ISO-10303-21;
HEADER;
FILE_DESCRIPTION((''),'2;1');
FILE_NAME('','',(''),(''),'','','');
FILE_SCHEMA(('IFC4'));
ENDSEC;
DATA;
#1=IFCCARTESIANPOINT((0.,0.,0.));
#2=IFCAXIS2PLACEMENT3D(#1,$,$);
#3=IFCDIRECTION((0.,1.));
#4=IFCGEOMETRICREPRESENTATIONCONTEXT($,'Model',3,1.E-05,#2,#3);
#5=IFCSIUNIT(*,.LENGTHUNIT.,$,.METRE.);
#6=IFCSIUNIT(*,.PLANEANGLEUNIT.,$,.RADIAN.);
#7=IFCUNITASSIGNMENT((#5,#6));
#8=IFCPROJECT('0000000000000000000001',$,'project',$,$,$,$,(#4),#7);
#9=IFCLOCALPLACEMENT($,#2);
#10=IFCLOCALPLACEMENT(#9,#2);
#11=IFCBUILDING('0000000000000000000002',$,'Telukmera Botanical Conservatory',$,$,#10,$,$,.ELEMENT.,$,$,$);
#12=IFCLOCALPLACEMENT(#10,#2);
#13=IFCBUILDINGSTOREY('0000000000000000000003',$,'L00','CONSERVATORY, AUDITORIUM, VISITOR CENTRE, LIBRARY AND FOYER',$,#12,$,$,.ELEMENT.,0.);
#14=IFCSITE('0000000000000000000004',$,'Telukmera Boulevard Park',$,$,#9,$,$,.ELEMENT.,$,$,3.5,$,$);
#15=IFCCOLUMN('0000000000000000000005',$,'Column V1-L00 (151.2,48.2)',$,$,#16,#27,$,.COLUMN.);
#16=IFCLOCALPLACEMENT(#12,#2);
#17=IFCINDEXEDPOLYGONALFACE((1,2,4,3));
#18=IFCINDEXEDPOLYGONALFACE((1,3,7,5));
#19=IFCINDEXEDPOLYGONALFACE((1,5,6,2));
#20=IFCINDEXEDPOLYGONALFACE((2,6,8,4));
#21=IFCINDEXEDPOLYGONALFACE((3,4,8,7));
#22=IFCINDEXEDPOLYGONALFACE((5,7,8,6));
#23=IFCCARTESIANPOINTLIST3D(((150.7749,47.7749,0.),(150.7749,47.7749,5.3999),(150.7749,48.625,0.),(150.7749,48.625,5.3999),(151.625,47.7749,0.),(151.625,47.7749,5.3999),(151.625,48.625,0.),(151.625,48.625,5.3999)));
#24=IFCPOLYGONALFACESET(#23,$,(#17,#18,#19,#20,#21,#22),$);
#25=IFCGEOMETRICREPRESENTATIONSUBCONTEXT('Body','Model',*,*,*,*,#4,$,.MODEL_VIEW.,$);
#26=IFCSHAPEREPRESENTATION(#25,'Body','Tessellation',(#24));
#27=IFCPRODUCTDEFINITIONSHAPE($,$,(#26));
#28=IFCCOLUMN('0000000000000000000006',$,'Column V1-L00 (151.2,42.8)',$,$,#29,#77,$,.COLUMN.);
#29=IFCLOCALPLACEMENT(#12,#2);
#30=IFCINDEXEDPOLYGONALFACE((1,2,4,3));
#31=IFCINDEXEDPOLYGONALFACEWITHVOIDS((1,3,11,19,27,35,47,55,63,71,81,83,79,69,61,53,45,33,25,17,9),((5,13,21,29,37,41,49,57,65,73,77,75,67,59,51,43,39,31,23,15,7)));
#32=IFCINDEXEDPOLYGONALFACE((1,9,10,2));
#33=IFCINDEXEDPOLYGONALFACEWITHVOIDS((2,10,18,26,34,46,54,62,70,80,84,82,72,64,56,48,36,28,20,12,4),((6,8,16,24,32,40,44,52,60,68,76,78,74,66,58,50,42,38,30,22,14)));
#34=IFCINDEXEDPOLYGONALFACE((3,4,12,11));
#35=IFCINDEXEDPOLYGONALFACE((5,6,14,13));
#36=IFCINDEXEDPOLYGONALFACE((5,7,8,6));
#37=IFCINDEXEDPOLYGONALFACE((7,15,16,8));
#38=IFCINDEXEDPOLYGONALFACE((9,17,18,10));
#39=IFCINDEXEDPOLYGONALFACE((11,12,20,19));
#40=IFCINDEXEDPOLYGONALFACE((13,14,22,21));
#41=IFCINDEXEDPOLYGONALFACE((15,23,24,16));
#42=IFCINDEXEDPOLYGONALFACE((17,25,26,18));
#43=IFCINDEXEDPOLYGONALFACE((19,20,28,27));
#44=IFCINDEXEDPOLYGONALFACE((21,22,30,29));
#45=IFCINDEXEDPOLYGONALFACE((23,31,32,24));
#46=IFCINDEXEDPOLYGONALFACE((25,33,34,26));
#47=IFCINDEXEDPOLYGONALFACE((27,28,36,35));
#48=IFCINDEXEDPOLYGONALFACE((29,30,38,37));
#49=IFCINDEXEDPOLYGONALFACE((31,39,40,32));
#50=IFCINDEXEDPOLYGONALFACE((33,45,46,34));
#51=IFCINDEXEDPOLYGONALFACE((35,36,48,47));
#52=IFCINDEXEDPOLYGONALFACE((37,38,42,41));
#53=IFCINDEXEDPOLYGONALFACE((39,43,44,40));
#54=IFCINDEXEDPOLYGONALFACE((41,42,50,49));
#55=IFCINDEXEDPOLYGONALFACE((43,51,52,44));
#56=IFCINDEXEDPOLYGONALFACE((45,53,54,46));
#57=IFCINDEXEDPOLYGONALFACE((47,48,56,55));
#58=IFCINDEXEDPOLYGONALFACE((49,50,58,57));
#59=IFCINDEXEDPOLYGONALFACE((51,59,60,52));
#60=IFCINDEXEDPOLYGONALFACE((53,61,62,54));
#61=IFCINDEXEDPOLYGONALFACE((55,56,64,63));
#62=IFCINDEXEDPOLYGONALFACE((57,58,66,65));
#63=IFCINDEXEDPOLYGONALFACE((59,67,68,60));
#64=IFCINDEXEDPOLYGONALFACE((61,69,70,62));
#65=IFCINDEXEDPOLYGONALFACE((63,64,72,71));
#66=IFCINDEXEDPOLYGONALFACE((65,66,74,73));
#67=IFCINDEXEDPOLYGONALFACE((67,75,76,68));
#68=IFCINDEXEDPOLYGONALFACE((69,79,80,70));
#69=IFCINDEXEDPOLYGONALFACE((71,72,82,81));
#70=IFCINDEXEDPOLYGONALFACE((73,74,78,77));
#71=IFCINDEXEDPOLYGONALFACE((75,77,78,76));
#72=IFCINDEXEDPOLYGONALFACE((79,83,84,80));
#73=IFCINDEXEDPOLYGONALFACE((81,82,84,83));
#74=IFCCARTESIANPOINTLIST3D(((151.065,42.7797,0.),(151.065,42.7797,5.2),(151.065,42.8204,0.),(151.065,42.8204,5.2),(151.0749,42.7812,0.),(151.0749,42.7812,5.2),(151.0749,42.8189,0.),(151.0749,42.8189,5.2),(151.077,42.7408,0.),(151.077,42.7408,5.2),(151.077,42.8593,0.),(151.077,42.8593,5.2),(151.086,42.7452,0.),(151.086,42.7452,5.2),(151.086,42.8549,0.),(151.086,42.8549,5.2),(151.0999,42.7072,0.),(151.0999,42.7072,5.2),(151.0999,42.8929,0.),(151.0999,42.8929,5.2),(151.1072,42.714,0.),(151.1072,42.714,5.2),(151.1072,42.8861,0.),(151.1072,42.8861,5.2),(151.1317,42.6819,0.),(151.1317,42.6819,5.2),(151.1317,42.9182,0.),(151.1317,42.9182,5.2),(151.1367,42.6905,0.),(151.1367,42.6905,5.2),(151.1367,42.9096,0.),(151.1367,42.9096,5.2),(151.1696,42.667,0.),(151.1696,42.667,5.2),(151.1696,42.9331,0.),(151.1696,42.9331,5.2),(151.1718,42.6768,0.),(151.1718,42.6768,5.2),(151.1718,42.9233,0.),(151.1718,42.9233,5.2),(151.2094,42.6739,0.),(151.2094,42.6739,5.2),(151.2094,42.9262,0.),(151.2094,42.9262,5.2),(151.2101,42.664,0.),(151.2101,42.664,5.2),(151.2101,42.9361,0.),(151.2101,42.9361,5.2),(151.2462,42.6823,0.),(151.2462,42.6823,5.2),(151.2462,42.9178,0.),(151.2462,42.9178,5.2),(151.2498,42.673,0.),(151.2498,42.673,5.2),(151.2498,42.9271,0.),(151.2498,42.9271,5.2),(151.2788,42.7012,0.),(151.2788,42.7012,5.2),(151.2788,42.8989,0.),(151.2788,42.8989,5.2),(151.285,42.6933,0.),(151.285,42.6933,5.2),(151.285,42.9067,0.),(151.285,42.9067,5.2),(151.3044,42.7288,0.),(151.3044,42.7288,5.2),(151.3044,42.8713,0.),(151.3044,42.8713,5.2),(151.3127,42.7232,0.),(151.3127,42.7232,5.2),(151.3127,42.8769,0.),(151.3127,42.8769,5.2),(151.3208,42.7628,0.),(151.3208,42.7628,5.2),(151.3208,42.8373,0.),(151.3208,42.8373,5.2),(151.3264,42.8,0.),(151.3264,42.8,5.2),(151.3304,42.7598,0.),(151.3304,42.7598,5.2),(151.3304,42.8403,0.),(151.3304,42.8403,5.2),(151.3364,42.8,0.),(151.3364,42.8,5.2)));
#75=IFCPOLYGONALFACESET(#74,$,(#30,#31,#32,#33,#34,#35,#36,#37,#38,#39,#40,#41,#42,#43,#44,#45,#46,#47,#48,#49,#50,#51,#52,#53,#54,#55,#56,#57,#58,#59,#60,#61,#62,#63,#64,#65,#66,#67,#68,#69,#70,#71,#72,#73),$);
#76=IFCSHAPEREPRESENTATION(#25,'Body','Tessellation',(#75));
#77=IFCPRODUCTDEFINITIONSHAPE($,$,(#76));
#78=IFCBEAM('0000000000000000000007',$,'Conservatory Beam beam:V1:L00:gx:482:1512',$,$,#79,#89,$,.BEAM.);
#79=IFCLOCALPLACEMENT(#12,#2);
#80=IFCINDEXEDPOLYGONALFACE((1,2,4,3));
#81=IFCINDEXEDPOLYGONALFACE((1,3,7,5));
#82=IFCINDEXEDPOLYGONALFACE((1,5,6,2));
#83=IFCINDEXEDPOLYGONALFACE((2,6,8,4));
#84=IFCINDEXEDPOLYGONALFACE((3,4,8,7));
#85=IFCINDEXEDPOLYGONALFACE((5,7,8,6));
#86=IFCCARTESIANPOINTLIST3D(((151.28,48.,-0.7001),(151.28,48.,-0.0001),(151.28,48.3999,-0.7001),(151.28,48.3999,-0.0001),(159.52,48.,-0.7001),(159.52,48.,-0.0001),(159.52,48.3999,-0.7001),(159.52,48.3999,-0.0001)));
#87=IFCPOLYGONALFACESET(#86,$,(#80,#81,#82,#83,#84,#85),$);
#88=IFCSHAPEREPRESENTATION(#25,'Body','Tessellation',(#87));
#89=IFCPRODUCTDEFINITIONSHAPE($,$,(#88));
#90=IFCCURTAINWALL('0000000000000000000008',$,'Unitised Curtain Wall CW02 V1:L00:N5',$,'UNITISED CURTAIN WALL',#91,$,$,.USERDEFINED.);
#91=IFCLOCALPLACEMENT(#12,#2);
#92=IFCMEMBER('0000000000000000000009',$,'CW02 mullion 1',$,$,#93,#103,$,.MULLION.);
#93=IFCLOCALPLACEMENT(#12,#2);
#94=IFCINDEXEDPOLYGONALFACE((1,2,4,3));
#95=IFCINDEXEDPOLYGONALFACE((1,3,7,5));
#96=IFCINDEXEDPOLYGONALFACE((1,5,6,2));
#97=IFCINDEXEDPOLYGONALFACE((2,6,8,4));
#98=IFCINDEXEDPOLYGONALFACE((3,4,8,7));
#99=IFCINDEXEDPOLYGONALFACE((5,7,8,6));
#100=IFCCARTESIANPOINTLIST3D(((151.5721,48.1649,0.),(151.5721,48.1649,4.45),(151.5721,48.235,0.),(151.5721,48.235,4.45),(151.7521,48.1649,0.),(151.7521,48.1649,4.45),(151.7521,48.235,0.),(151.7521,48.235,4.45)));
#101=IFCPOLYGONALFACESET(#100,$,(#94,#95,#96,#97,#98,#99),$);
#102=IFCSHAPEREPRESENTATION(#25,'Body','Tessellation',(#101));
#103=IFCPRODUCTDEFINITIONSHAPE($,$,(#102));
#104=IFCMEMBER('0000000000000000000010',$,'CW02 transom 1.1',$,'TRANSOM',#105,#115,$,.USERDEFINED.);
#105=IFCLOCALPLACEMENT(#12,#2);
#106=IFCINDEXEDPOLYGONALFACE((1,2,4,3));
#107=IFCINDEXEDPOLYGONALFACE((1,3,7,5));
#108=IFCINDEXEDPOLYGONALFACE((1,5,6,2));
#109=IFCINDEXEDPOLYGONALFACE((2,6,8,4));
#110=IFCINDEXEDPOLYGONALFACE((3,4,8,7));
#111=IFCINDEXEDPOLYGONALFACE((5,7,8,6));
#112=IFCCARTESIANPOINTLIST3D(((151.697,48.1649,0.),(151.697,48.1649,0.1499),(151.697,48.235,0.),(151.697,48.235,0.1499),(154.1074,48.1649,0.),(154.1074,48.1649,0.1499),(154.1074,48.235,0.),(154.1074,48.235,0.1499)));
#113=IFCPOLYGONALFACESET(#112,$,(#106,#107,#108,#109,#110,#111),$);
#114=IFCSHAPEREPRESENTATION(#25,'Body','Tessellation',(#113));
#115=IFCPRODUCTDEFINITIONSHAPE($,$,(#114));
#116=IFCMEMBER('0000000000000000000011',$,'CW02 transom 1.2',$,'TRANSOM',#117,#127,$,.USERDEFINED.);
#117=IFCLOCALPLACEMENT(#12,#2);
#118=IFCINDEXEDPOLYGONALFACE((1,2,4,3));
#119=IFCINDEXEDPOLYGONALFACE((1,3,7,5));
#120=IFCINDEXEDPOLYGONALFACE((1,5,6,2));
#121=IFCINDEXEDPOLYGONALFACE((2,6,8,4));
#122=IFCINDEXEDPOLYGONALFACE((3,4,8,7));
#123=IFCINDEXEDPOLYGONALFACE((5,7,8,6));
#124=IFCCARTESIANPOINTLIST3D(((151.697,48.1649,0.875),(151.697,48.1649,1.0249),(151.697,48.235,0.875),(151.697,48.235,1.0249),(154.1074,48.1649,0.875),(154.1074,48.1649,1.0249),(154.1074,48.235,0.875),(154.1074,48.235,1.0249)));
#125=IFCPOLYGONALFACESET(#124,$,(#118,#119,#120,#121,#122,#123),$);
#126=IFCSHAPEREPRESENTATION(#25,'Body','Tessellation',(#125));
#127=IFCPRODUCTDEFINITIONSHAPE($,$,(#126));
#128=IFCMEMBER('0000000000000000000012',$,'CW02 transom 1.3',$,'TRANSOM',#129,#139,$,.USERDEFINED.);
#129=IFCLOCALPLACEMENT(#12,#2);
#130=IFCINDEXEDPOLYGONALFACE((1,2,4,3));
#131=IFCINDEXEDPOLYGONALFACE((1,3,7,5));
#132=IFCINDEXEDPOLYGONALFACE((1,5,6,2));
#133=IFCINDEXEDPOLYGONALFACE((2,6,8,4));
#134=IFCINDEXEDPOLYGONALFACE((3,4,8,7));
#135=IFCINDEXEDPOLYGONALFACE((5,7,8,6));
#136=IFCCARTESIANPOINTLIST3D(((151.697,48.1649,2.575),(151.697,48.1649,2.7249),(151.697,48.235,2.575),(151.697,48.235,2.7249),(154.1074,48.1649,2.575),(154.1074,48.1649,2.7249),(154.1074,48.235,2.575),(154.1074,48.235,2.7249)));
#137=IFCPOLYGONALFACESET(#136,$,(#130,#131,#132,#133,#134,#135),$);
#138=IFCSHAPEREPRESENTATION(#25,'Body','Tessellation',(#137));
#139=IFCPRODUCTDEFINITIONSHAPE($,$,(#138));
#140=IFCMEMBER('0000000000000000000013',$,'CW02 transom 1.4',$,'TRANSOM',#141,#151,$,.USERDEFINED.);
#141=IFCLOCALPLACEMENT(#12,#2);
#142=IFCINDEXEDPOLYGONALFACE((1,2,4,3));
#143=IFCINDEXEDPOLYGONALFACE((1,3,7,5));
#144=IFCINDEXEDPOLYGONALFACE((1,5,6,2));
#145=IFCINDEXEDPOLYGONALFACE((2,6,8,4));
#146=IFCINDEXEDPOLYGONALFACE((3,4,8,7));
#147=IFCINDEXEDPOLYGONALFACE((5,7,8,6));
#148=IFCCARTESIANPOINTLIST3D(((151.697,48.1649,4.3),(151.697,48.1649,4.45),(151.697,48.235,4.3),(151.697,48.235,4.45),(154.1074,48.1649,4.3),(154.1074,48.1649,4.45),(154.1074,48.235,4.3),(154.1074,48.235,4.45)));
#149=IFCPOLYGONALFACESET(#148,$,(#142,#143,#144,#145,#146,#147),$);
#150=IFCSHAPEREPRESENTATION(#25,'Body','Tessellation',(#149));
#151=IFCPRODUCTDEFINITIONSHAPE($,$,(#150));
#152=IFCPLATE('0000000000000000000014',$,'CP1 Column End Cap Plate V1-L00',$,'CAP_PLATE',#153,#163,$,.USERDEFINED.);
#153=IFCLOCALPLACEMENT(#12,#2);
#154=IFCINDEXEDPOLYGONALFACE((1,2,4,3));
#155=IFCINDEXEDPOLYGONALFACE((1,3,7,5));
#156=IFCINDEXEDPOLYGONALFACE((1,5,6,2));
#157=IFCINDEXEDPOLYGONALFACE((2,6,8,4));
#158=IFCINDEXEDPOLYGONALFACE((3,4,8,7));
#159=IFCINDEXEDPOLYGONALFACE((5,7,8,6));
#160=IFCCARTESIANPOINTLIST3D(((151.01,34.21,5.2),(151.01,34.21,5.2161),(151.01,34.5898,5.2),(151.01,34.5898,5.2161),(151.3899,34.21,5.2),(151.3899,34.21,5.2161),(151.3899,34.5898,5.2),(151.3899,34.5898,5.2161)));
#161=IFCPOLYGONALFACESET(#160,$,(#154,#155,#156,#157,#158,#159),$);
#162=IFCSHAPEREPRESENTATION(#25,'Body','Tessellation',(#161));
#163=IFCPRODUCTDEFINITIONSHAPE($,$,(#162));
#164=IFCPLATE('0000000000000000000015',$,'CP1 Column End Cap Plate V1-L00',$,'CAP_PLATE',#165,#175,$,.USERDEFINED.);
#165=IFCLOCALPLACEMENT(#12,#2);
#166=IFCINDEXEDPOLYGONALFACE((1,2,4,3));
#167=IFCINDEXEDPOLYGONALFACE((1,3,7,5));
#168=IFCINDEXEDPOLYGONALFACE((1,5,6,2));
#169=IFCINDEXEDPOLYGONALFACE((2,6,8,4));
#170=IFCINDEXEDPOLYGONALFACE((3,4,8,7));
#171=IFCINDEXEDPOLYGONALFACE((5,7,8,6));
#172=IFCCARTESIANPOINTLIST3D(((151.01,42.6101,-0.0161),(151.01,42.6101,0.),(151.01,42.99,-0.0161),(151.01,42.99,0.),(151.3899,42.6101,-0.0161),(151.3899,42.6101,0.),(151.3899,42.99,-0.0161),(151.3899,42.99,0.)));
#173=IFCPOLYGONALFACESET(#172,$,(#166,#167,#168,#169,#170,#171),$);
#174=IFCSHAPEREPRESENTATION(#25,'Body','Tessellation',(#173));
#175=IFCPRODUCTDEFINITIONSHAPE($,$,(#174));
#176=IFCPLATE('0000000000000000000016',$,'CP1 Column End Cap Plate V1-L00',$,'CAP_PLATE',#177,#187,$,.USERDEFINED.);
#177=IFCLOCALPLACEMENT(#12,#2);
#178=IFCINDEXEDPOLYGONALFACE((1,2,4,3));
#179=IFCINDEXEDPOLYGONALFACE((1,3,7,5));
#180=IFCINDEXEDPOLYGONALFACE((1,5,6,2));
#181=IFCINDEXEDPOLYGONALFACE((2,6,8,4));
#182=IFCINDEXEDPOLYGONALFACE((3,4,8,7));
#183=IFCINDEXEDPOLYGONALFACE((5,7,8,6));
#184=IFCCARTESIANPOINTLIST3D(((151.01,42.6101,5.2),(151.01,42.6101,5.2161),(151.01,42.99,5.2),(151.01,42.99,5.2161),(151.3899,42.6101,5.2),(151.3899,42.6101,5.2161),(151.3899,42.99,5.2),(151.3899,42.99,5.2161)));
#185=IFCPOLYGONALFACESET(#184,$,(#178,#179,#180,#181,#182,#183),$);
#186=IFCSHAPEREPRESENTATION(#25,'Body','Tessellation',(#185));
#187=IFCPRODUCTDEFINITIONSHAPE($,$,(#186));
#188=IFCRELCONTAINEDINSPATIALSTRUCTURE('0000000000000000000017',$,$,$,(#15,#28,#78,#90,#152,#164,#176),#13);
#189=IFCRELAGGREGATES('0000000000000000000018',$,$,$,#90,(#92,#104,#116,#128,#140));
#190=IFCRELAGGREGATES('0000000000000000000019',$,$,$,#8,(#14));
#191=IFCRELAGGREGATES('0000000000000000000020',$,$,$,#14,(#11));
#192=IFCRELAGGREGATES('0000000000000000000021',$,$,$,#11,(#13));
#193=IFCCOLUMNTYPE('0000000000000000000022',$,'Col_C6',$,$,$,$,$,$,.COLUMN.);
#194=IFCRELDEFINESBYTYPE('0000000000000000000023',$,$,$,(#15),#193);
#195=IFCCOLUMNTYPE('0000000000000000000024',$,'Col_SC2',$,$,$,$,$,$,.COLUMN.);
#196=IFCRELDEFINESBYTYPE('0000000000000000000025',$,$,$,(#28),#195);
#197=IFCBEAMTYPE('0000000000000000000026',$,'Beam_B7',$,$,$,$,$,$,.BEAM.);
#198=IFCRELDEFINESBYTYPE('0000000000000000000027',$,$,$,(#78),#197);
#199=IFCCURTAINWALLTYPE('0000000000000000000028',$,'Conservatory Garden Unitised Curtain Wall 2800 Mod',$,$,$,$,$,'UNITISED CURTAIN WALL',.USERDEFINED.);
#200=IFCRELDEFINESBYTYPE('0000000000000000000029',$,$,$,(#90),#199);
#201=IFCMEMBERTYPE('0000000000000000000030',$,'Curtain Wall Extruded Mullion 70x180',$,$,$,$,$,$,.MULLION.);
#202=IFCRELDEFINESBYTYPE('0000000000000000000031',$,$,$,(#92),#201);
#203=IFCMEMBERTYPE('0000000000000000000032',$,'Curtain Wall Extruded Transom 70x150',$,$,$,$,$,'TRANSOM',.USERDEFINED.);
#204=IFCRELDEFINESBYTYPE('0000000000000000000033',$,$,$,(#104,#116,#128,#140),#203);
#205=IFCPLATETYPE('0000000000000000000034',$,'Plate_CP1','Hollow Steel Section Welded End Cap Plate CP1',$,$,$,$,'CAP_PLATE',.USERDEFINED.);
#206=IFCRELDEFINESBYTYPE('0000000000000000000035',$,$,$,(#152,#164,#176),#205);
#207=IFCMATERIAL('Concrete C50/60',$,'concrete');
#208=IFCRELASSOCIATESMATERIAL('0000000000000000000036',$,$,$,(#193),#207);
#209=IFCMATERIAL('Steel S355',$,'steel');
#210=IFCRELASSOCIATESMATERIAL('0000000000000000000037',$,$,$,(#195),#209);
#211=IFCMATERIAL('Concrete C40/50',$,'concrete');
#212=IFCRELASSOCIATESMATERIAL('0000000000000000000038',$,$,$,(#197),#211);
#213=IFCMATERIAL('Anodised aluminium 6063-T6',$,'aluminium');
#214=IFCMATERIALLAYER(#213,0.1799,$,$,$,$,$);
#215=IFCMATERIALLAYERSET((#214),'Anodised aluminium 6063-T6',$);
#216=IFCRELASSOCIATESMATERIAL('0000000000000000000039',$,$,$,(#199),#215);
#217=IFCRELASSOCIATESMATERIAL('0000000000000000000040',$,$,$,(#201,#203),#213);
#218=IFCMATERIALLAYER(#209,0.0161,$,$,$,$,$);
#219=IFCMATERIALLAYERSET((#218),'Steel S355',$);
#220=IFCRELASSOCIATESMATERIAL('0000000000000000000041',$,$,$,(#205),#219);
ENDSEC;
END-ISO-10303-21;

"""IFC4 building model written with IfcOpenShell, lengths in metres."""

from ifc_helpers import new_model, si_unit, direction, frame, origin, origin_2d, place, context, subcontext, project, spatial, rectangle, hollow_circle, extrude, material, layer, layer_set, material_profile, profile_set, type_object, element, aggregate, save


model = new_model("IFC4")

# Units and contexts
model_context = context("Model", 3, precision=1e-05, world=origin(), true_north=direction((0.0, 1.0)))
body_context = subcontext(model_context, "Body", "Model", "MODEL_VIEW")
ifc_project = project(units=[si_unit("LENGTHUNIT", "METRE"), si_unit("PLANEANGLEUNIT", "RADIAN")], contexts=[model_context])

# Site, building, storey
site_placement = place(None, origin())
site = spatial("IfcSite", under=ifc_project, at=site_placement, Name="Telukmera Boulevard Park", CompositionType="ELEMENT", RefElevation=3.5)
building_placement = place(site_placement, origin())
building = spatial("IfcBuilding", under=site, at=building_placement, Name="Telukmera Botanical Conservatory", CompositionType="ELEMENT")
storey_placement = place(building_placement, origin())
storey = spatial("IfcBuildingStorey", under=building, at=storey_placement, Name="L00", Description="CONSERVATORY, AUDITORIUM, VISITOR CENTRE, LIBRARY AND FOYER", CompositionType="ELEMENT", Elevation=0.0)

# Columns
ifc_material_1 = material(Name="Concrete C50/60", Category="concrete")
ifc_material_profile_1 = material_profile(ifc_material_1, rectangle(XDim=0.8501, YDim=0.8501, at=origin_2d()), Name="RC 850x850")
ifc_profile_set_1 = profile_set([ifc_material_profile_1], Name="Concrete C50/60")
column_type_1 = type_object("IfcColumnType", Name="Col_C6", PredefinedType="COLUMN", material=ifc_profile_set_1)
column_1_placement = place(storey_placement, frame((151.2, 48.2, 0.0), z_axis=(0.0, 0.0, 1.0), x_axis=(1.0, 0.0, 0.0)))
element("IfcColumn", 1, at=column_1_placement, inside=storey, type_object=column_type_1, Name="Column V1-L00 (151.2,48.2)", PredefinedType="COLUMN", context=body_context, shape_type="SweptSolid", body=[
    extrude(rectangle(XDim=0.8501, YDim=0.8501, at=origin_2d()), origin(), (0.0, 0.0, 1.0), 5.3999),
])
ifc_material_2 = material(Name="Steel S355", Category="steel")
ifc_material_profile_2 = material_profile(ifc_material_2, hollow_circle(Radius=0.1365, WallThickness=0.01, at=origin_2d()), Name="CHS 273.0x10.0")
ifc_profile_set_2 = profile_set([ifc_material_profile_2], Name="Steel S355")
column_type_2 = type_object("IfcColumnType", Name="Col_SC2", PredefinedType="COLUMN", material=ifc_profile_set_2)
column_2_placement = place(storey_placement, frame((151.2, 42.8, 0.0), z_axis=(0.0, 0.0, 1.0), x_axis=(1.0, 0.0, 0.0)))
element("IfcColumn", 2, at=column_2_placement, inside=storey, type_object=column_type_2, Name="Column V1-L00 (151.2,42.8)", PredefinedType="COLUMN", context=body_context, shape_type="SweptSolid", body=[
    extrude(hollow_circle(Radius=0.1365, WallThickness=0.01, at=origin_2d()), origin(), (0.0, 0.0, 1.0), 5.2),
])

# Beam
ifc_material_3 = material(Name="Concrete C40/50", Category="concrete")
ifc_material_profile_3 = material_profile(ifc_material_3, rectangle(XDim=0.3999, YDim=0.7, at=origin_2d()), Name="RC 400x700")
ifc_profile_set_3 = profile_set([ifc_material_profile_3], Name="Concrete C40/50")
beam_type = type_object("IfcBeamType", Name="Beam_B7", PredefinedType="BEAM", material=ifc_profile_set_3)
beam_placement = place(storey_placement, frame((151.28, 48.2, -0.3501), z_axis=(1.0, 0.0, 0.0), x_axis=(0.0, 1.0, 0.0)))
element("IfcBeam", 3, at=beam_placement, inside=storey, type_object=beam_type, Name="Conservatory Beam beam:V1:L00:gx:482:1512", PredefinedType="BEAM", context=body_context, shape_type="SweptSolid", body=[
    extrude(rectangle(XDim=0.3999, YDim=0.7, at=origin_2d()), origin(), (0.0, 0.0, 1.0), 8.24),
])

# Curtain wall, members
ifc_material_4 = material(Name="Anodised aluminium 6063-T6", Category="aluminium")
ifc_layer_1 = layer(ifc_material_4, 0.1799)
ifc_layer_set_1 = layer_set([ifc_layer_1], Name="Anodised aluminium 6063-T6")
curtain_wall_type = type_object("IfcCurtainWallType", Name="Conservatory Garden Unitised Curtain Wall 2800 Mod", ElementType="UNITISED CURTAIN WALL", PredefinedType="USERDEFINED", material=ifc_layer_set_1)
curtain_wall_placement = place(storey_placement, origin())
curtain_wall = element("IfcCurtainWall", 4, at=curtain_wall_placement, inside=storey, type_object=curtain_wall_type, Name="Unitised Curtain Wall CW02 V1:L00:N5", ObjectType="UNITISED CURTAIN WALL", PredefinedType="USERDEFINED")
ifc_material_profile_4 = material_profile(ifc_material_4, rectangle(XDim=0.0701, YDim=0.1799, at=origin_2d()), Name="ALU MULL 70x180")
ifc_profile_set_4 = profile_set([ifc_material_profile_4], Name="Anodised aluminium 6063-T6")
member_type_1 = type_object("IfcMemberType", Name="Curtain Wall Extruded Mullion 70x180", PredefinedType="MULLION", material=ifc_profile_set_4)
member_1_placement = place(storey_placement, frame((151.6621, 48.2, 0.0), z_axis=(0.0, 0.0, 1.0), x_axis=(0.0, 1.0, 0.0)))
member_1 = element("IfcMember", 5, at=member_1_placement, type_object=member_type_1, Name="CW02 mullion 1", PredefinedType="MULLION", context=body_context, shape_type="SweptSolid", body=[
    extrude(rectangle(XDim=0.0701, YDim=0.1799, at=origin_2d()), origin(), (0.0, 0.0, 1.0), 4.45),
])
ifc_material_profile_5 = material_profile(ifc_material_4, rectangle(XDim=0.0701, YDim=0.1499, at=origin_2d()), Name="ALU TRAN 70x150")
ifc_profile_set_5 = profile_set([ifc_material_profile_5], Name="Anodised aluminium 6063-T6")
member_type_2 = type_object("IfcMemberType", Name="Curtain Wall Extruded Transom 70x150", ElementType="TRANSOM", PredefinedType="USERDEFINED", material=ifc_profile_set_5)
member_2_placement = place(storey_placement, frame((151.697, 48.2, 0.075), z_axis=(1.0, 0.0, 0.0), x_axis=(0.0, 1.0, 0.0)))
member_2 = element("IfcMember", 6, at=member_2_placement, type_object=member_type_2, Name="CW02 transom 1.1", ObjectType="TRANSOM", PredefinedType="USERDEFINED", context=body_context, shape_type="SweptSolid", body=[
    extrude(rectangle(XDim=0.0701, YDim=0.1499, at=origin_2d()), origin(), (0.0, 0.0, 1.0), 2.4104),
])
member_3_placement = place(storey_placement, frame((151.697, 48.2, 0.95), z_axis=(1.0, 0.0, 0.0), x_axis=(0.0, 1.0, 0.0)))
member_3 = element("IfcMember", 7, at=member_3_placement, type_object=member_type_2, Name="CW02 transom 1.2", ObjectType="TRANSOM", PredefinedType="USERDEFINED", context=body_context, shape_type="SweptSolid", body=[
    extrude(rectangle(XDim=0.0701, YDim=0.1499, at=origin_2d()), origin(), (0.0, 0.0, 1.0), 2.4104),
])
member_4_placement = place(storey_placement, frame((151.697, 48.2, 2.6499), z_axis=(1.0, 0.0, 0.0), x_axis=(0.0, 1.0, 0.0)))
member_4 = element("IfcMember", 8, at=member_4_placement, type_object=member_type_2, Name="CW02 transom 1.3", ObjectType="TRANSOM", PredefinedType="USERDEFINED", context=body_context, shape_type="SweptSolid", body=[
    extrude(rectangle(XDim=0.0701, YDim=0.1499, at=origin_2d()), origin(), (0.0, 0.0, 1.0), 2.4104),
])
member_5_placement = place(storey_placement, frame((151.697, 48.2, 4.375), z_axis=(1.0, 0.0, 0.0), x_axis=(0.0, 1.0, 0.0)))
member_5 = element("IfcMember", 9, at=member_5_placement, type_object=member_type_2, Name="CW02 transom 1.4", ObjectType="TRANSOM", PredefinedType="USERDEFINED", context=body_context, shape_type="SweptSolid", body=[
    extrude(rectangle(XDim=0.0701, YDim=0.1499, at=origin_2d()), origin(), (0.0, 0.0, 1.0), 2.4104),
])

# Plates
ifc_layer_2 = layer(ifc_material_2, 0.0161)
ifc_layer_set_2 = layer_set([ifc_layer_2], Name="Steel S355")
plate_type_1 = type_object("IfcPlateType", Name="Plate_CP1", Description="Hollow Steel Section Welded End Cap Plate CP1", ElementType="CAP_PLATE", PredefinedType="USERDEFINED", material=ifc_layer_set_2)
for number, where, z_axis, x_axis, name in (
    (10, (151.2, 34.3999, 5.2), (0.0, 0.0, 1.0), (1.0, 0.0, 0.0), "CP1 Column End Cap Plate V1-L00"),
    (11, (151.2, 42.8, -0.0161), (0.0, 0.0, 1.0), (1.0, 0.0, 0.0), "CP1 Column End Cap Plate V1-L00"),
    (12, (151.2, 42.8, 5.2), (0.0, 0.0, 1.0), (1.0, 0.0, 0.0), "CP1 Column End Cap Plate V1-L00"),
):
    element("IfcPlate", number, at=place(storey_placement, frame(where, z_axis=z_axis, x_axis=x_axis)), inside=storey, type_object=plate_type_1, Name=name, ObjectType="CAP_PLATE", PredefinedType="USERDEFINED", context=body_context, shape_type="SweptSolid", body=[
        extrude(rectangle(XDim=0.3799, YDim=0.3799, at=origin_2d()), origin(), (0.0, 0.0, 1.0), 0.0161),
    ])

aggregate(curtain_wall, [member_1, member_2, member_3, member_4, member_5])

save(model, "model.ifc")
